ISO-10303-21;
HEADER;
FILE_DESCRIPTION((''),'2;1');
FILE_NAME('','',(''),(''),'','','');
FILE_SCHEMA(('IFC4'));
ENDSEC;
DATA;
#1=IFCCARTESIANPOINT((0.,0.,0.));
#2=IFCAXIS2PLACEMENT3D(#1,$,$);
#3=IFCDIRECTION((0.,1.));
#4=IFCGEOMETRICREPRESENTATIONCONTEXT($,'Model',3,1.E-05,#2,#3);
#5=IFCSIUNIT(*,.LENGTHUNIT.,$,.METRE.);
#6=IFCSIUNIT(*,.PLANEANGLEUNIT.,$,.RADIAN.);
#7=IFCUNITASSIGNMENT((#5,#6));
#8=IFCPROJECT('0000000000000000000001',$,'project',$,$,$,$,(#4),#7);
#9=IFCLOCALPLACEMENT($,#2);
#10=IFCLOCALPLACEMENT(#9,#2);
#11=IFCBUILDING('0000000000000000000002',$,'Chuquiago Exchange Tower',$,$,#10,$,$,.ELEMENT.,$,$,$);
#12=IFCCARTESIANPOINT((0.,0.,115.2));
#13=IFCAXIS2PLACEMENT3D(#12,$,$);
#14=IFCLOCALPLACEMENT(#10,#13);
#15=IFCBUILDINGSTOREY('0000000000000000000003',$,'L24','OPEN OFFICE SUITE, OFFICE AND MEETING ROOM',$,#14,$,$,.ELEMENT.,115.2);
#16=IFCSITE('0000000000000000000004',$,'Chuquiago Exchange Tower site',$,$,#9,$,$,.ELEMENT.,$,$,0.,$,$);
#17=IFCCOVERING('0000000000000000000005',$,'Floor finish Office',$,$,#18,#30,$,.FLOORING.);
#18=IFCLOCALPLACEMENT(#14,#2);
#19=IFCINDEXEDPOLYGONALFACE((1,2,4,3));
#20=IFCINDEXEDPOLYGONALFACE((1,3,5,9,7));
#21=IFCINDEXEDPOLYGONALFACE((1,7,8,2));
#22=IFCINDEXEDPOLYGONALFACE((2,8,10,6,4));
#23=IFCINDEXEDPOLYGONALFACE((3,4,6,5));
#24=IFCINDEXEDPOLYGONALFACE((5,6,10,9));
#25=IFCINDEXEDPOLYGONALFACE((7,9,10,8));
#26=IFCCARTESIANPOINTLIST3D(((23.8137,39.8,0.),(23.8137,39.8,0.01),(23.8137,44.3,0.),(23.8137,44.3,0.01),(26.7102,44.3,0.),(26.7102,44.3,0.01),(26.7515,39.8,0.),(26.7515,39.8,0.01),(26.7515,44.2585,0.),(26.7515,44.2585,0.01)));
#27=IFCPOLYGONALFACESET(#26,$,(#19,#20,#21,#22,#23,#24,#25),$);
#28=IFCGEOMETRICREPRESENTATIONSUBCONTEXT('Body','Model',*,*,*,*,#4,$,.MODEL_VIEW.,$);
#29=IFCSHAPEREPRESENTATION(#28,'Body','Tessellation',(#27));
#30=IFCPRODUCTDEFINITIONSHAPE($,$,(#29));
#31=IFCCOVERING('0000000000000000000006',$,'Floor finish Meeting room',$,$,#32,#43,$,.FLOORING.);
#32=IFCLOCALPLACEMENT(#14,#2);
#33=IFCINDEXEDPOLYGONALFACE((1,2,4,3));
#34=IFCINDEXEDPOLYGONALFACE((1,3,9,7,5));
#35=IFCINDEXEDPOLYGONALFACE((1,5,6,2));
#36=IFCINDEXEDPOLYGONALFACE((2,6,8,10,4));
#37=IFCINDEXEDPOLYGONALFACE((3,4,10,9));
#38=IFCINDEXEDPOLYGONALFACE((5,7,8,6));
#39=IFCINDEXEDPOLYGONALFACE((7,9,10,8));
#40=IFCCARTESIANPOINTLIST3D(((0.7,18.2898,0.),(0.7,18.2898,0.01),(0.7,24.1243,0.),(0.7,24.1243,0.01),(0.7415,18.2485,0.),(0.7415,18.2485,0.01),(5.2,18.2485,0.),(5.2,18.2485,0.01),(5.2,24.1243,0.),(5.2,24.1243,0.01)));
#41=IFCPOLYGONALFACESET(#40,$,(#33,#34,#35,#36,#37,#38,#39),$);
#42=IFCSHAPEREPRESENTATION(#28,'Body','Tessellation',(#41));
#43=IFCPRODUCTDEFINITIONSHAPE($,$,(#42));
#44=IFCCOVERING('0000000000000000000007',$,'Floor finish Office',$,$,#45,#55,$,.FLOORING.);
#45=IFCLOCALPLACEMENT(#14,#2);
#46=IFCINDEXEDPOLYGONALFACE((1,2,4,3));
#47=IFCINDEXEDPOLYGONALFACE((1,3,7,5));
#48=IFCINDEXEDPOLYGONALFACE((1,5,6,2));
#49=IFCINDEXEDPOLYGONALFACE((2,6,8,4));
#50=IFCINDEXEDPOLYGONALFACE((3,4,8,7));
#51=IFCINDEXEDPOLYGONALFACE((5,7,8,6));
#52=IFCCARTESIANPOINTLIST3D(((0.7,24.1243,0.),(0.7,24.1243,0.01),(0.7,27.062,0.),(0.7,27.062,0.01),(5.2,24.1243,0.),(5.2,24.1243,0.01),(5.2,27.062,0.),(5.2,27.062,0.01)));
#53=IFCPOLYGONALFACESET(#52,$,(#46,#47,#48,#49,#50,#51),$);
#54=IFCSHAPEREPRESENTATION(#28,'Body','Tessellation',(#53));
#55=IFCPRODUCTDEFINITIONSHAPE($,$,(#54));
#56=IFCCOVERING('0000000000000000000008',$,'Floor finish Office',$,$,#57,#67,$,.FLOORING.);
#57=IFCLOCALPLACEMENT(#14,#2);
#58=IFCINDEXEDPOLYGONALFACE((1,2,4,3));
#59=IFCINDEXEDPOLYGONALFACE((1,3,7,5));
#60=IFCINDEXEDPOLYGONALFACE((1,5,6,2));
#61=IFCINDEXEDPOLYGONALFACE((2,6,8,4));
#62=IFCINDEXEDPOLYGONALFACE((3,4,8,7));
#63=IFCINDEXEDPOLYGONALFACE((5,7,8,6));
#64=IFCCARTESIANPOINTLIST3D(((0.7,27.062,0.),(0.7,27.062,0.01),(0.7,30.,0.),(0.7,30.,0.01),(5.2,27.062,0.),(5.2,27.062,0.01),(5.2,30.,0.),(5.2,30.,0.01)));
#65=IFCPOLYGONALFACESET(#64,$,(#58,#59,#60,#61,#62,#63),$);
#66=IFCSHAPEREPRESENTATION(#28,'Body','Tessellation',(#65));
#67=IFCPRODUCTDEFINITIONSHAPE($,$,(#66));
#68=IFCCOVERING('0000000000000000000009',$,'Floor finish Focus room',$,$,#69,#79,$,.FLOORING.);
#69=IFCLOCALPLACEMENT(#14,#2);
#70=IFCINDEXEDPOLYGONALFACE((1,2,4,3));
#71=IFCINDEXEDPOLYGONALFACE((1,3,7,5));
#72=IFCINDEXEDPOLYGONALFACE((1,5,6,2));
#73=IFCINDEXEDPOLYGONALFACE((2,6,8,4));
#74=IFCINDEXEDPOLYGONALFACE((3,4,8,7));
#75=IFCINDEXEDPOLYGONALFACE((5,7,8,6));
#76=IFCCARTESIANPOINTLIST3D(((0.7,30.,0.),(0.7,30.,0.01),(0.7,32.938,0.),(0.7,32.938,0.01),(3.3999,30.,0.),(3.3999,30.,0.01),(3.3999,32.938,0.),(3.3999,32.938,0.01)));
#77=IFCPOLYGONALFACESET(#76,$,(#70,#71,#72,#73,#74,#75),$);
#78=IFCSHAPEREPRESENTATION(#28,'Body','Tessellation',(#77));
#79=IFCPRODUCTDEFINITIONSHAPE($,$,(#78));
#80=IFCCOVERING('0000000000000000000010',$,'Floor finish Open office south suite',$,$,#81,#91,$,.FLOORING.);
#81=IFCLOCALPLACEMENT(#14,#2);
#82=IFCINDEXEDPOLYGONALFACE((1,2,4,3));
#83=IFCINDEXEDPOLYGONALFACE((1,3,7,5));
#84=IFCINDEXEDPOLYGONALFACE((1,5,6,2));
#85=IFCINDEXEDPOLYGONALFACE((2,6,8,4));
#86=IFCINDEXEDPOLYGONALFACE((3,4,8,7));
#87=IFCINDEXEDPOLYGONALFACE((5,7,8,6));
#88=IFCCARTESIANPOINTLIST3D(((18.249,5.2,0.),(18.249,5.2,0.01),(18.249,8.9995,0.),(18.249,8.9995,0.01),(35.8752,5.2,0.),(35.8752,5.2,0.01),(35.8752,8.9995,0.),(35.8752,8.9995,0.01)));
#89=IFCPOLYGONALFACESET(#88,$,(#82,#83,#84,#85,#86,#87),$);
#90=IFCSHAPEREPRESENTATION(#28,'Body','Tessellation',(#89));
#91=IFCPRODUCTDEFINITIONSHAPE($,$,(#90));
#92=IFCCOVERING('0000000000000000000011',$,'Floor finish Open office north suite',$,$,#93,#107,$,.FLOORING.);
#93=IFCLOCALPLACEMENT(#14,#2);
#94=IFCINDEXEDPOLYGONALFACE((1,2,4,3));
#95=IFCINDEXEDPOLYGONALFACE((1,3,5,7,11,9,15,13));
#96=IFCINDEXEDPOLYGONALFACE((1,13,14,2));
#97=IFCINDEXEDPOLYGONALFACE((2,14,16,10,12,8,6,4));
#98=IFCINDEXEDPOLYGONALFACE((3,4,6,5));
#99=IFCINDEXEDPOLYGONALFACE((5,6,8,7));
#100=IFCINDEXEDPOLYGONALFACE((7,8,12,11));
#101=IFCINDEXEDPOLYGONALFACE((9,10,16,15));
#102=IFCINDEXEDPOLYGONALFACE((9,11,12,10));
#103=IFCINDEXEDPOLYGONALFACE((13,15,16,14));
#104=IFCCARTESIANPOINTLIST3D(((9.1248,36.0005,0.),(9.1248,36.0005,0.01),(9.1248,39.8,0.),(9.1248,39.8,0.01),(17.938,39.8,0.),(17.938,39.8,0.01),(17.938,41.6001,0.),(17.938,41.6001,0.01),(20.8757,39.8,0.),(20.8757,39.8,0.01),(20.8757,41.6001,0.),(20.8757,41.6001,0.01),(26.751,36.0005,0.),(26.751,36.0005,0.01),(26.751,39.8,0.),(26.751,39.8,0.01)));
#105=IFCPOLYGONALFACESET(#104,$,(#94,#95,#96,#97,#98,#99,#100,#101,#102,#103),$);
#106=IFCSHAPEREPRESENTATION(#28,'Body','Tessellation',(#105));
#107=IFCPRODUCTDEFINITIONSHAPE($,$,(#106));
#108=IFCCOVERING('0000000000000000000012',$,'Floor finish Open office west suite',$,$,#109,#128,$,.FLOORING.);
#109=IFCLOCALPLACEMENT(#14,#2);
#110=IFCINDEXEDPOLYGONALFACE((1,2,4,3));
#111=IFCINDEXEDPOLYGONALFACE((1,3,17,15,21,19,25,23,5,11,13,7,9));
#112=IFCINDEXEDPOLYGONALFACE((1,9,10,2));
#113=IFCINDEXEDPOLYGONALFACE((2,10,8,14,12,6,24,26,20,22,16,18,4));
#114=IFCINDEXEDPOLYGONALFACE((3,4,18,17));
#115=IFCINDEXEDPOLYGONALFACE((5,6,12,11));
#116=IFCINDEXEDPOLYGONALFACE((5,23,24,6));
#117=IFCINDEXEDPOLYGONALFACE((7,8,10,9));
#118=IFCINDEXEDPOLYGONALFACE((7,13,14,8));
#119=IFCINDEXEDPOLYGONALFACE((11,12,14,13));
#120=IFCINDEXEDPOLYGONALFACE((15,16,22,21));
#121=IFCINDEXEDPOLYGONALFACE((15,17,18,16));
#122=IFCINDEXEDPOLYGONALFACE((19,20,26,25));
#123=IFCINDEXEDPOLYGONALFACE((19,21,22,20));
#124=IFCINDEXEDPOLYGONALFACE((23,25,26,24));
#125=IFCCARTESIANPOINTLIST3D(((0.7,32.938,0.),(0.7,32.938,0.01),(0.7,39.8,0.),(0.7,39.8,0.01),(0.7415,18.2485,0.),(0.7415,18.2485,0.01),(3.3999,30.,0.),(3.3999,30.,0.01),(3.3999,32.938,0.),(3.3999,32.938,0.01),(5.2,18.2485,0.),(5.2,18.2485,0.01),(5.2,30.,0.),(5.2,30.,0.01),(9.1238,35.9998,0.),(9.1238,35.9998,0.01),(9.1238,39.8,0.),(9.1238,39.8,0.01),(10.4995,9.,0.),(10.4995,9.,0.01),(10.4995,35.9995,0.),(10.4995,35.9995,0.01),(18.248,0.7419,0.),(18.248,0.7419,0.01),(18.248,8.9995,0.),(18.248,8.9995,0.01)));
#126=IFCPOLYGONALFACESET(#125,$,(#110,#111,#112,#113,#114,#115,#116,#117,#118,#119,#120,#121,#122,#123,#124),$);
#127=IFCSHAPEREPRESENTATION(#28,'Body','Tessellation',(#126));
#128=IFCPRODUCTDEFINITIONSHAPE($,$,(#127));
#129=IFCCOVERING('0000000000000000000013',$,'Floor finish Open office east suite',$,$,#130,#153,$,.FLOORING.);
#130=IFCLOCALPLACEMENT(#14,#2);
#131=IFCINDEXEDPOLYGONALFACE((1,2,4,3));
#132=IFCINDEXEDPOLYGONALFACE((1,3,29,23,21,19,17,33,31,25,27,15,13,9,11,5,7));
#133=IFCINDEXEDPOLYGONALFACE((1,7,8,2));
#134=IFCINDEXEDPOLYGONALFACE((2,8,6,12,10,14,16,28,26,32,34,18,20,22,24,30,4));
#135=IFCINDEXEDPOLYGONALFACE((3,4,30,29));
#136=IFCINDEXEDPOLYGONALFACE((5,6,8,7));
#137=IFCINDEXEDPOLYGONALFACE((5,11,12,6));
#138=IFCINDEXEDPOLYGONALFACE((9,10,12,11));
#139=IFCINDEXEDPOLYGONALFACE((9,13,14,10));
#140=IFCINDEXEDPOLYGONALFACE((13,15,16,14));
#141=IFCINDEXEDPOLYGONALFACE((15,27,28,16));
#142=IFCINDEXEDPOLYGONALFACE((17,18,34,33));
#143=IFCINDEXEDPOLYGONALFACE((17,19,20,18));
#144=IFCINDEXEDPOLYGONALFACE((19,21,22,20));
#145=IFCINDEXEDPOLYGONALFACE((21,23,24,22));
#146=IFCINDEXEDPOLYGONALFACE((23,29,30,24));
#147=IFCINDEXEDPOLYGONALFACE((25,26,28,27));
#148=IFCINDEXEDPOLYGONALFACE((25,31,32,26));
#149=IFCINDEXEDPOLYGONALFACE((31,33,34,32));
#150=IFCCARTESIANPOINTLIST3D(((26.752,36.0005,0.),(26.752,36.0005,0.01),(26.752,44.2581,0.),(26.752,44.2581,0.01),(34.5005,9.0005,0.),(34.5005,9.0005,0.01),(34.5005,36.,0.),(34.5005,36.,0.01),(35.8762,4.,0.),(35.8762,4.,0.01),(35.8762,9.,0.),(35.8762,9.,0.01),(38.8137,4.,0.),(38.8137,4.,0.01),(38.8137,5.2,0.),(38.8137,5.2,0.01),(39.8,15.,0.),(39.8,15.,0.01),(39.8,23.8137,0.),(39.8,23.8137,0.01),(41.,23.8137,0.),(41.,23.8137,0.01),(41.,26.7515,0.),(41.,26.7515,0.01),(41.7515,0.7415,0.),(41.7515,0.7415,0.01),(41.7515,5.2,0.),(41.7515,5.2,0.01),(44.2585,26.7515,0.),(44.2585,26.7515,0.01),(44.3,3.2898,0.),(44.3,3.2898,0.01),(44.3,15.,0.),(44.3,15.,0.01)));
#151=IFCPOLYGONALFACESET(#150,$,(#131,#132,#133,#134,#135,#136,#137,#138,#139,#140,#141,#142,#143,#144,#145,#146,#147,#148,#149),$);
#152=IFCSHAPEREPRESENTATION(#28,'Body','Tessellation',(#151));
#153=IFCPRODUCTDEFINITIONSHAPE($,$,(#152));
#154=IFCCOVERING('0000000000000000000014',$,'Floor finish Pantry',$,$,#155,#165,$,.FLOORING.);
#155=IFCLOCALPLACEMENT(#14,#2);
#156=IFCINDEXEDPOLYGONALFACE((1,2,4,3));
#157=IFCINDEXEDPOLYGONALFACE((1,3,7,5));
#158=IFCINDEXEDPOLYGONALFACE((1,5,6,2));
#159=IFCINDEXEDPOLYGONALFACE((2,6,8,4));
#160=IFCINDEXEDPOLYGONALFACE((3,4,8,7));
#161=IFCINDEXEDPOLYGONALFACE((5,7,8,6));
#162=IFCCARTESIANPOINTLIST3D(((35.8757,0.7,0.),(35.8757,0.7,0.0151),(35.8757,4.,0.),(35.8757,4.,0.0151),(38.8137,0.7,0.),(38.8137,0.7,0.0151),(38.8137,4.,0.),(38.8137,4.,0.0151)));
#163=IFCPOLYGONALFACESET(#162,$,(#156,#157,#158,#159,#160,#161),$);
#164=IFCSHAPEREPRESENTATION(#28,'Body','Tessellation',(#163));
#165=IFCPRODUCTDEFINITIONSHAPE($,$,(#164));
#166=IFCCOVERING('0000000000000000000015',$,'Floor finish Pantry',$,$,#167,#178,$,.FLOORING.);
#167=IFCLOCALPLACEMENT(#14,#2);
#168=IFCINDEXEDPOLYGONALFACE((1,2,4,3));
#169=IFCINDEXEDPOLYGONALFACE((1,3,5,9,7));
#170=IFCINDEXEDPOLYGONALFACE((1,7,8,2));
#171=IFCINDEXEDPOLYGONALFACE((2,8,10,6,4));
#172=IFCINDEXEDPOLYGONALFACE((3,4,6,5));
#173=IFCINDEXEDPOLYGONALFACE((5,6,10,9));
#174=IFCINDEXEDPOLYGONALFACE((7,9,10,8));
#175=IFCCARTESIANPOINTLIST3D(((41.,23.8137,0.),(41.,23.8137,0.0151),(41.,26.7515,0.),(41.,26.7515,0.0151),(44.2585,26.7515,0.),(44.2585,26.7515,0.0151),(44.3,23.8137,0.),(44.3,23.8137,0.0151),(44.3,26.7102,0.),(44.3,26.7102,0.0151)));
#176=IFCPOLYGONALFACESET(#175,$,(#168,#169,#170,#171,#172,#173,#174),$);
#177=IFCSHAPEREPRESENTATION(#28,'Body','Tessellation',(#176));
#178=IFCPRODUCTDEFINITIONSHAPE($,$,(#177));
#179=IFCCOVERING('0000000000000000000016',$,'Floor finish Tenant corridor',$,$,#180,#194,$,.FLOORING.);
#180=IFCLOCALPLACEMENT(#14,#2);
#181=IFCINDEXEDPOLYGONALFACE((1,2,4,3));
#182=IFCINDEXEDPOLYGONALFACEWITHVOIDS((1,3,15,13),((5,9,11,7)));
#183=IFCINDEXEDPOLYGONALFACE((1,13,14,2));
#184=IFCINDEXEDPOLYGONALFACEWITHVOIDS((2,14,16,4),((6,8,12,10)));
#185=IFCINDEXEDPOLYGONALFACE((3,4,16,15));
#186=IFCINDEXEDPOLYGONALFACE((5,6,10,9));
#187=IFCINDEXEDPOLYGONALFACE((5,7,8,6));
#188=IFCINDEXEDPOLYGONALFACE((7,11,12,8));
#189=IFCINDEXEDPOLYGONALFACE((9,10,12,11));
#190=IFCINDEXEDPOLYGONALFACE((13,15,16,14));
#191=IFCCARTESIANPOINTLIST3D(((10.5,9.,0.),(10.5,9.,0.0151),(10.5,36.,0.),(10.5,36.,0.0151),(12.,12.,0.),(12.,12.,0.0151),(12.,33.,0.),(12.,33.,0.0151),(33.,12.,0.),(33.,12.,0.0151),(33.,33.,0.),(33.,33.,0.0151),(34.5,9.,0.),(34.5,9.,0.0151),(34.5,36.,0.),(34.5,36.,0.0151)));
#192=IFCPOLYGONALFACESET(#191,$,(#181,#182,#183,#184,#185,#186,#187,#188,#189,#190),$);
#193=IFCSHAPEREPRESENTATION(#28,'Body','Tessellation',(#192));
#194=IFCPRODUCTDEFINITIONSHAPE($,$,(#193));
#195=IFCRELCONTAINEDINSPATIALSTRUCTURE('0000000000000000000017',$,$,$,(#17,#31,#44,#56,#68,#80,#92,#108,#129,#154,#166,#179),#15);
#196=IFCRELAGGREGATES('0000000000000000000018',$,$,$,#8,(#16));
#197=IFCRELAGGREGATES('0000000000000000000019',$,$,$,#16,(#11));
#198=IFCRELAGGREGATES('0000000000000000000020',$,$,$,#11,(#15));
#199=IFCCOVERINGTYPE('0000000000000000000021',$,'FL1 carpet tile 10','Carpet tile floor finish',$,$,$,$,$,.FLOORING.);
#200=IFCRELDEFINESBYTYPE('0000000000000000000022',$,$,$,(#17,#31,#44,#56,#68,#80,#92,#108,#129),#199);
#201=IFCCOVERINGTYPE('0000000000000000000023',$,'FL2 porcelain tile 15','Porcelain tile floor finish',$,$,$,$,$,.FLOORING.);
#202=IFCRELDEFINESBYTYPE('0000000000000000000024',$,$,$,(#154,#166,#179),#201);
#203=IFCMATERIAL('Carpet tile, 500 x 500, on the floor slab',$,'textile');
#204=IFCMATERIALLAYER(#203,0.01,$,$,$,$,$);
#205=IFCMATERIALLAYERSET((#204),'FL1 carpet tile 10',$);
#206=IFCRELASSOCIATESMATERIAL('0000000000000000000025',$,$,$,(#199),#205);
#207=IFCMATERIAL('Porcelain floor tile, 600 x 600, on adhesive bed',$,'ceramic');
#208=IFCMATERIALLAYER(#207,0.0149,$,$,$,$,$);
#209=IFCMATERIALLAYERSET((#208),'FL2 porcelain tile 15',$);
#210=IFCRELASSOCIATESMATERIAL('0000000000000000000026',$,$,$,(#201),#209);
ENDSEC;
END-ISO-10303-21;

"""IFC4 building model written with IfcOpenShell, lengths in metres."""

from ifc_helpers import new_model, si_unit, direction, frame, origin, place, context, subcontext, project, spatial, polyline, outline, extrude, material, layer, layer_set, type_object, element, save


model = new_model("IFC4")

# Units and contexts
model_context = context("Model", 3, precision=1e-05, world=origin(), true_north=direction((0.0, 1.0)))
body_context = subcontext(model_context, "Body", "Model", "MODEL_VIEW")
ifc_project = project(units=[si_unit("LENGTHUNIT", "METRE"), si_unit("PLANEANGLEUNIT", "RADIAN")], contexts=[model_context])

# Site, building, storey
site_placement = place(None, origin())
site = spatial("IfcSite", under=ifc_project, at=site_placement, Name="Chuquiago Exchange Tower site", CompositionType="ELEMENT", RefElevation=0.0)
building_placement = place(site_placement, origin())
building = spatial("IfcBuilding", under=site, at=building_placement, Name="Chuquiago Exchange Tower", CompositionType="ELEMENT")
storey_placement = place(building_placement, frame((0.0, 0.0, 115.2)))
storey = spatial("IfcBuildingStorey", under=building, at=storey_placement, Name="L24", Description="OPEN OFFICE SUITE, OFFICE AND MEETING ROOM", CompositionType="ELEMENT", Elevation=115.2)

# Coverings
ifc_material_1 = material(Name="Carpet tile, 500 x 500, on the floor slab", Category="textile")
ifc_layer_1 = layer(ifc_material_1, 0.01)
ifc_layer_set_1 = layer_set([ifc_layer_1], Name="FL1 carpet tile 10")
covering_type_1 = type_object("IfcCoveringType", Name="FL1 carpet tile 10", Description="Carpet tile floor finish", PredefinedType="FLOORING", material=ifc_layer_set_1)
covering_1_placement = place(storey_placement, origin())
element("IfcCovering", 1, at=covering_1_placement, inside=storey, type_object=covering_type_1, Name="Floor finish Office", PredefinedType="FLOORING", context=body_context, shape_type="SweptSolid", body=[
    extrude(outline(polyline([(26.7102, 44.3), (26.7515, 44.2585), (26.7515, 39.8), (23.8137, 39.8), (23.8137, 44.3), (26.7102, 44.3)])), origin(), (0.0, 0.0, 1.0), 0.01),
])
covering_2_placement = place(storey_placement, origin())
element("IfcCovering", 2, at=covering_2_placement, inside=storey, type_object=covering_type_1, Name="Floor finish Meeting room", PredefinedType="FLOORING", context=body_context, shape_type="SweptSolid", body=[
    extrude(outline(polyline([(0.7, 24.1243), (5.2, 24.1243), (5.2, 18.2485), (0.7415, 18.2485), (0.7, 18.2898), (0.7, 24.1243)])), origin(), (0.0, 0.0, 1.0), 0.01),
])
covering_3_placement = place(storey_placement, origin())
element("IfcCovering", 3, at=covering_3_placement, inside=storey, type_object=covering_type_1, Name="Floor finish Office", PredefinedType="FLOORING", context=body_context, shape_type="SweptSolid", body=[
    extrude(outline(polyline([(0.7, 27.062), (5.2, 27.062), (5.2, 24.1243), (0.7, 24.1243), (0.7, 27.062)])), origin(), (0.0, 0.0, 1.0), 0.01),
])
covering_4_placement = place(storey_placement, origin())
element("IfcCovering", 4, at=covering_4_placement, inside=storey, type_object=covering_type_1, Name="Floor finish Office", PredefinedType="FLOORING", context=body_context, shape_type="SweptSolid", body=[
    extrude(outline(polyline([(0.7, 30.0), (5.2, 30.0), (5.2, 27.062), (0.7, 27.062), (0.7, 30.0)])), origin(), (0.0, 0.0, 1.0), 0.01),
])
covering_5_placement = place(storey_placement, origin())
element("IfcCovering", 5, at=covering_5_placement, inside=storey, type_object=covering_type_1, Name="Floor finish Focus room", PredefinedType="FLOORING", context=body_context, shape_type="SweptSolid", body=[
    extrude(outline(polyline([(0.7, 32.938), (3.3999, 32.938), (3.3999, 30.0), (0.7, 30.0), (0.7, 32.938)])), origin(), (0.0, 0.0, 1.0), 0.01),
])
covering_6_placement = place(storey_placement, origin())
element("IfcCovering", 6, at=covering_6_placement, inside=storey, type_object=covering_type_1, Name="Floor finish Open office south suite", PredefinedType="FLOORING", context=body_context, shape_type="SweptSolid", body=[
    extrude(outline(polyline([(35.8752, 5.2), (18.249, 5.2), (18.249, 8.9995), (35.8752, 8.9995), (35.8752, 5.2)])), origin(), (0.0, 0.0, 1.0), 0.01),
])
covering_7_placement = place(storey_placement, origin())
element("IfcCovering", 7, at=covering_7_placement, inside=storey, type_object=covering_type_1, Name="Floor finish Open office north suite", PredefinedType="FLOORING", context=body_context, shape_type="SweptSolid", body=[
    extrude(outline(polyline([(9.1248, 39.8), (17.938, 39.8), (17.938, 41.6001), (20.8757, 41.6001), (20.8757, 39.8), (26.751, 39.8), (26.751, 36.0005), (9.1248, 36.0005), (9.1248, 39.8)])), origin(), (0.0, 0.0, 1.0), 0.01),
])
covering_8_placement = place(storey_placement, origin())
element("IfcCovering", 8, at=covering_8_placement, inside=storey, type_object=covering_type_1, Name="Floor finish Open office west suite", PredefinedType="FLOORING", context=body_context, shape_type="SweptSolid", body=[
    extrude(outline(polyline([(0.7, 39.8), (9.1238, 39.8), (9.1238, 35.9998), (10.4995, 35.9995), (10.4995, 9.0), (18.248, 8.9995), (18.248, 0.7419), (0.7415, 18.2485), (5.2, 18.2485), (5.2, 30.0), (3.3999, 30.0), (3.3999, 32.938), (0.7, 32.938), (0.7, 39.8)])), origin(), (0.0, 0.0, 1.0), 0.01),
])
covering_9_placement = place(storey_placement, origin())
element("IfcCovering", 9, at=covering_9_placement, inside=storey, type_object=covering_type_1, Name="Floor finish Open office east suite", PredefinedType="FLOORING", context=body_context, shape_type="SweptSolid", body=[
    extrude(outline(polyline([(44.2585, 26.7515), (41.0, 26.7515), (41.0, 23.8137), (39.8, 23.8137), (39.8, 15.0), (44.3, 15.0), (44.3, 3.2898), (41.7515, 0.7415), (41.7515, 5.2), (38.8137, 5.2), (38.8137, 4.0), (35.8762, 4.0), (35.8762, 9.0), (34.5005, 9.0005), (34.5005, 36.0), (26.752, 36.0005), (26.752, 44.2581), (44.2585, 26.7515)])), origin(), (0.0, 0.0, 1.0), 0.01),
])
ifc_material_2 = material(Name="Porcelain floor tile, 600 x 600, on adhesive bed", Category="ceramic")
ifc_layer_2 = layer(ifc_material_2, 0.0149)
ifc_layer_set_2 = layer_set([ifc_layer_2], Name="FL2 porcelain tile 15")
covering_type_2 = type_object("IfcCoveringType", Name="FL2 porcelain tile 15", Description="Porcelain tile floor finish", PredefinedType="FLOORING", material=ifc_layer_set_2)
covering_10_placement = place(storey_placement, origin())
element("IfcCovering", 10, at=covering_10_placement, inside=storey, type_object=covering_type_2, Name="Floor finish Pantry", PredefinedType="FLOORING", context=body_context, shape_type="SweptSolid", body=[
    extrude(outline(polyline([(35.8757, 0.7), (35.8757, 4.0), (38.8137, 4.0), (38.8137, 0.7), (35.8757, 0.7)])), origin(), (0.0, 0.0, 1.0), 0.0151),
])
covering_11_placement = place(storey_placement, origin())
element("IfcCovering", 11, at=covering_11_placement, inside=storey, type_object=covering_type_2, Name="Floor finish Pantry", PredefinedType="FLOORING", context=body_context, shape_type="SweptSolid", body=[
    extrude(outline(polyline([(44.3, 26.7102), (44.3, 23.8137), (41.0, 23.8137), (41.0, 26.7515), (44.2585, 26.7515), (44.3, 26.7102)])), origin(), (0.0, 0.0, 1.0), 0.0151),
])
covering_12_placement = place(storey_placement, origin())
element("IfcCovering", 12, at=covering_12_placement, inside=storey, type_object=covering_type_2, Name="Floor finish Tenant corridor", PredefinedType="FLOORING", context=body_context, shape_type="SweptSolid", body=[
    extrude(outline(polyline([(10.5, 9.0), (10.5, 36.0), (34.5, 36.0), (34.5, 9.0), (10.5, 9.0)]), holes=[polyline([(12.0, 33.0), (12.0, 12.0), (33.0, 12.0), (33.0, 33.0), (12.0, 33.0)])]), origin(), (0.0, 0.0, 1.0), 0.0151),
])

save(model, "model.ifc")
